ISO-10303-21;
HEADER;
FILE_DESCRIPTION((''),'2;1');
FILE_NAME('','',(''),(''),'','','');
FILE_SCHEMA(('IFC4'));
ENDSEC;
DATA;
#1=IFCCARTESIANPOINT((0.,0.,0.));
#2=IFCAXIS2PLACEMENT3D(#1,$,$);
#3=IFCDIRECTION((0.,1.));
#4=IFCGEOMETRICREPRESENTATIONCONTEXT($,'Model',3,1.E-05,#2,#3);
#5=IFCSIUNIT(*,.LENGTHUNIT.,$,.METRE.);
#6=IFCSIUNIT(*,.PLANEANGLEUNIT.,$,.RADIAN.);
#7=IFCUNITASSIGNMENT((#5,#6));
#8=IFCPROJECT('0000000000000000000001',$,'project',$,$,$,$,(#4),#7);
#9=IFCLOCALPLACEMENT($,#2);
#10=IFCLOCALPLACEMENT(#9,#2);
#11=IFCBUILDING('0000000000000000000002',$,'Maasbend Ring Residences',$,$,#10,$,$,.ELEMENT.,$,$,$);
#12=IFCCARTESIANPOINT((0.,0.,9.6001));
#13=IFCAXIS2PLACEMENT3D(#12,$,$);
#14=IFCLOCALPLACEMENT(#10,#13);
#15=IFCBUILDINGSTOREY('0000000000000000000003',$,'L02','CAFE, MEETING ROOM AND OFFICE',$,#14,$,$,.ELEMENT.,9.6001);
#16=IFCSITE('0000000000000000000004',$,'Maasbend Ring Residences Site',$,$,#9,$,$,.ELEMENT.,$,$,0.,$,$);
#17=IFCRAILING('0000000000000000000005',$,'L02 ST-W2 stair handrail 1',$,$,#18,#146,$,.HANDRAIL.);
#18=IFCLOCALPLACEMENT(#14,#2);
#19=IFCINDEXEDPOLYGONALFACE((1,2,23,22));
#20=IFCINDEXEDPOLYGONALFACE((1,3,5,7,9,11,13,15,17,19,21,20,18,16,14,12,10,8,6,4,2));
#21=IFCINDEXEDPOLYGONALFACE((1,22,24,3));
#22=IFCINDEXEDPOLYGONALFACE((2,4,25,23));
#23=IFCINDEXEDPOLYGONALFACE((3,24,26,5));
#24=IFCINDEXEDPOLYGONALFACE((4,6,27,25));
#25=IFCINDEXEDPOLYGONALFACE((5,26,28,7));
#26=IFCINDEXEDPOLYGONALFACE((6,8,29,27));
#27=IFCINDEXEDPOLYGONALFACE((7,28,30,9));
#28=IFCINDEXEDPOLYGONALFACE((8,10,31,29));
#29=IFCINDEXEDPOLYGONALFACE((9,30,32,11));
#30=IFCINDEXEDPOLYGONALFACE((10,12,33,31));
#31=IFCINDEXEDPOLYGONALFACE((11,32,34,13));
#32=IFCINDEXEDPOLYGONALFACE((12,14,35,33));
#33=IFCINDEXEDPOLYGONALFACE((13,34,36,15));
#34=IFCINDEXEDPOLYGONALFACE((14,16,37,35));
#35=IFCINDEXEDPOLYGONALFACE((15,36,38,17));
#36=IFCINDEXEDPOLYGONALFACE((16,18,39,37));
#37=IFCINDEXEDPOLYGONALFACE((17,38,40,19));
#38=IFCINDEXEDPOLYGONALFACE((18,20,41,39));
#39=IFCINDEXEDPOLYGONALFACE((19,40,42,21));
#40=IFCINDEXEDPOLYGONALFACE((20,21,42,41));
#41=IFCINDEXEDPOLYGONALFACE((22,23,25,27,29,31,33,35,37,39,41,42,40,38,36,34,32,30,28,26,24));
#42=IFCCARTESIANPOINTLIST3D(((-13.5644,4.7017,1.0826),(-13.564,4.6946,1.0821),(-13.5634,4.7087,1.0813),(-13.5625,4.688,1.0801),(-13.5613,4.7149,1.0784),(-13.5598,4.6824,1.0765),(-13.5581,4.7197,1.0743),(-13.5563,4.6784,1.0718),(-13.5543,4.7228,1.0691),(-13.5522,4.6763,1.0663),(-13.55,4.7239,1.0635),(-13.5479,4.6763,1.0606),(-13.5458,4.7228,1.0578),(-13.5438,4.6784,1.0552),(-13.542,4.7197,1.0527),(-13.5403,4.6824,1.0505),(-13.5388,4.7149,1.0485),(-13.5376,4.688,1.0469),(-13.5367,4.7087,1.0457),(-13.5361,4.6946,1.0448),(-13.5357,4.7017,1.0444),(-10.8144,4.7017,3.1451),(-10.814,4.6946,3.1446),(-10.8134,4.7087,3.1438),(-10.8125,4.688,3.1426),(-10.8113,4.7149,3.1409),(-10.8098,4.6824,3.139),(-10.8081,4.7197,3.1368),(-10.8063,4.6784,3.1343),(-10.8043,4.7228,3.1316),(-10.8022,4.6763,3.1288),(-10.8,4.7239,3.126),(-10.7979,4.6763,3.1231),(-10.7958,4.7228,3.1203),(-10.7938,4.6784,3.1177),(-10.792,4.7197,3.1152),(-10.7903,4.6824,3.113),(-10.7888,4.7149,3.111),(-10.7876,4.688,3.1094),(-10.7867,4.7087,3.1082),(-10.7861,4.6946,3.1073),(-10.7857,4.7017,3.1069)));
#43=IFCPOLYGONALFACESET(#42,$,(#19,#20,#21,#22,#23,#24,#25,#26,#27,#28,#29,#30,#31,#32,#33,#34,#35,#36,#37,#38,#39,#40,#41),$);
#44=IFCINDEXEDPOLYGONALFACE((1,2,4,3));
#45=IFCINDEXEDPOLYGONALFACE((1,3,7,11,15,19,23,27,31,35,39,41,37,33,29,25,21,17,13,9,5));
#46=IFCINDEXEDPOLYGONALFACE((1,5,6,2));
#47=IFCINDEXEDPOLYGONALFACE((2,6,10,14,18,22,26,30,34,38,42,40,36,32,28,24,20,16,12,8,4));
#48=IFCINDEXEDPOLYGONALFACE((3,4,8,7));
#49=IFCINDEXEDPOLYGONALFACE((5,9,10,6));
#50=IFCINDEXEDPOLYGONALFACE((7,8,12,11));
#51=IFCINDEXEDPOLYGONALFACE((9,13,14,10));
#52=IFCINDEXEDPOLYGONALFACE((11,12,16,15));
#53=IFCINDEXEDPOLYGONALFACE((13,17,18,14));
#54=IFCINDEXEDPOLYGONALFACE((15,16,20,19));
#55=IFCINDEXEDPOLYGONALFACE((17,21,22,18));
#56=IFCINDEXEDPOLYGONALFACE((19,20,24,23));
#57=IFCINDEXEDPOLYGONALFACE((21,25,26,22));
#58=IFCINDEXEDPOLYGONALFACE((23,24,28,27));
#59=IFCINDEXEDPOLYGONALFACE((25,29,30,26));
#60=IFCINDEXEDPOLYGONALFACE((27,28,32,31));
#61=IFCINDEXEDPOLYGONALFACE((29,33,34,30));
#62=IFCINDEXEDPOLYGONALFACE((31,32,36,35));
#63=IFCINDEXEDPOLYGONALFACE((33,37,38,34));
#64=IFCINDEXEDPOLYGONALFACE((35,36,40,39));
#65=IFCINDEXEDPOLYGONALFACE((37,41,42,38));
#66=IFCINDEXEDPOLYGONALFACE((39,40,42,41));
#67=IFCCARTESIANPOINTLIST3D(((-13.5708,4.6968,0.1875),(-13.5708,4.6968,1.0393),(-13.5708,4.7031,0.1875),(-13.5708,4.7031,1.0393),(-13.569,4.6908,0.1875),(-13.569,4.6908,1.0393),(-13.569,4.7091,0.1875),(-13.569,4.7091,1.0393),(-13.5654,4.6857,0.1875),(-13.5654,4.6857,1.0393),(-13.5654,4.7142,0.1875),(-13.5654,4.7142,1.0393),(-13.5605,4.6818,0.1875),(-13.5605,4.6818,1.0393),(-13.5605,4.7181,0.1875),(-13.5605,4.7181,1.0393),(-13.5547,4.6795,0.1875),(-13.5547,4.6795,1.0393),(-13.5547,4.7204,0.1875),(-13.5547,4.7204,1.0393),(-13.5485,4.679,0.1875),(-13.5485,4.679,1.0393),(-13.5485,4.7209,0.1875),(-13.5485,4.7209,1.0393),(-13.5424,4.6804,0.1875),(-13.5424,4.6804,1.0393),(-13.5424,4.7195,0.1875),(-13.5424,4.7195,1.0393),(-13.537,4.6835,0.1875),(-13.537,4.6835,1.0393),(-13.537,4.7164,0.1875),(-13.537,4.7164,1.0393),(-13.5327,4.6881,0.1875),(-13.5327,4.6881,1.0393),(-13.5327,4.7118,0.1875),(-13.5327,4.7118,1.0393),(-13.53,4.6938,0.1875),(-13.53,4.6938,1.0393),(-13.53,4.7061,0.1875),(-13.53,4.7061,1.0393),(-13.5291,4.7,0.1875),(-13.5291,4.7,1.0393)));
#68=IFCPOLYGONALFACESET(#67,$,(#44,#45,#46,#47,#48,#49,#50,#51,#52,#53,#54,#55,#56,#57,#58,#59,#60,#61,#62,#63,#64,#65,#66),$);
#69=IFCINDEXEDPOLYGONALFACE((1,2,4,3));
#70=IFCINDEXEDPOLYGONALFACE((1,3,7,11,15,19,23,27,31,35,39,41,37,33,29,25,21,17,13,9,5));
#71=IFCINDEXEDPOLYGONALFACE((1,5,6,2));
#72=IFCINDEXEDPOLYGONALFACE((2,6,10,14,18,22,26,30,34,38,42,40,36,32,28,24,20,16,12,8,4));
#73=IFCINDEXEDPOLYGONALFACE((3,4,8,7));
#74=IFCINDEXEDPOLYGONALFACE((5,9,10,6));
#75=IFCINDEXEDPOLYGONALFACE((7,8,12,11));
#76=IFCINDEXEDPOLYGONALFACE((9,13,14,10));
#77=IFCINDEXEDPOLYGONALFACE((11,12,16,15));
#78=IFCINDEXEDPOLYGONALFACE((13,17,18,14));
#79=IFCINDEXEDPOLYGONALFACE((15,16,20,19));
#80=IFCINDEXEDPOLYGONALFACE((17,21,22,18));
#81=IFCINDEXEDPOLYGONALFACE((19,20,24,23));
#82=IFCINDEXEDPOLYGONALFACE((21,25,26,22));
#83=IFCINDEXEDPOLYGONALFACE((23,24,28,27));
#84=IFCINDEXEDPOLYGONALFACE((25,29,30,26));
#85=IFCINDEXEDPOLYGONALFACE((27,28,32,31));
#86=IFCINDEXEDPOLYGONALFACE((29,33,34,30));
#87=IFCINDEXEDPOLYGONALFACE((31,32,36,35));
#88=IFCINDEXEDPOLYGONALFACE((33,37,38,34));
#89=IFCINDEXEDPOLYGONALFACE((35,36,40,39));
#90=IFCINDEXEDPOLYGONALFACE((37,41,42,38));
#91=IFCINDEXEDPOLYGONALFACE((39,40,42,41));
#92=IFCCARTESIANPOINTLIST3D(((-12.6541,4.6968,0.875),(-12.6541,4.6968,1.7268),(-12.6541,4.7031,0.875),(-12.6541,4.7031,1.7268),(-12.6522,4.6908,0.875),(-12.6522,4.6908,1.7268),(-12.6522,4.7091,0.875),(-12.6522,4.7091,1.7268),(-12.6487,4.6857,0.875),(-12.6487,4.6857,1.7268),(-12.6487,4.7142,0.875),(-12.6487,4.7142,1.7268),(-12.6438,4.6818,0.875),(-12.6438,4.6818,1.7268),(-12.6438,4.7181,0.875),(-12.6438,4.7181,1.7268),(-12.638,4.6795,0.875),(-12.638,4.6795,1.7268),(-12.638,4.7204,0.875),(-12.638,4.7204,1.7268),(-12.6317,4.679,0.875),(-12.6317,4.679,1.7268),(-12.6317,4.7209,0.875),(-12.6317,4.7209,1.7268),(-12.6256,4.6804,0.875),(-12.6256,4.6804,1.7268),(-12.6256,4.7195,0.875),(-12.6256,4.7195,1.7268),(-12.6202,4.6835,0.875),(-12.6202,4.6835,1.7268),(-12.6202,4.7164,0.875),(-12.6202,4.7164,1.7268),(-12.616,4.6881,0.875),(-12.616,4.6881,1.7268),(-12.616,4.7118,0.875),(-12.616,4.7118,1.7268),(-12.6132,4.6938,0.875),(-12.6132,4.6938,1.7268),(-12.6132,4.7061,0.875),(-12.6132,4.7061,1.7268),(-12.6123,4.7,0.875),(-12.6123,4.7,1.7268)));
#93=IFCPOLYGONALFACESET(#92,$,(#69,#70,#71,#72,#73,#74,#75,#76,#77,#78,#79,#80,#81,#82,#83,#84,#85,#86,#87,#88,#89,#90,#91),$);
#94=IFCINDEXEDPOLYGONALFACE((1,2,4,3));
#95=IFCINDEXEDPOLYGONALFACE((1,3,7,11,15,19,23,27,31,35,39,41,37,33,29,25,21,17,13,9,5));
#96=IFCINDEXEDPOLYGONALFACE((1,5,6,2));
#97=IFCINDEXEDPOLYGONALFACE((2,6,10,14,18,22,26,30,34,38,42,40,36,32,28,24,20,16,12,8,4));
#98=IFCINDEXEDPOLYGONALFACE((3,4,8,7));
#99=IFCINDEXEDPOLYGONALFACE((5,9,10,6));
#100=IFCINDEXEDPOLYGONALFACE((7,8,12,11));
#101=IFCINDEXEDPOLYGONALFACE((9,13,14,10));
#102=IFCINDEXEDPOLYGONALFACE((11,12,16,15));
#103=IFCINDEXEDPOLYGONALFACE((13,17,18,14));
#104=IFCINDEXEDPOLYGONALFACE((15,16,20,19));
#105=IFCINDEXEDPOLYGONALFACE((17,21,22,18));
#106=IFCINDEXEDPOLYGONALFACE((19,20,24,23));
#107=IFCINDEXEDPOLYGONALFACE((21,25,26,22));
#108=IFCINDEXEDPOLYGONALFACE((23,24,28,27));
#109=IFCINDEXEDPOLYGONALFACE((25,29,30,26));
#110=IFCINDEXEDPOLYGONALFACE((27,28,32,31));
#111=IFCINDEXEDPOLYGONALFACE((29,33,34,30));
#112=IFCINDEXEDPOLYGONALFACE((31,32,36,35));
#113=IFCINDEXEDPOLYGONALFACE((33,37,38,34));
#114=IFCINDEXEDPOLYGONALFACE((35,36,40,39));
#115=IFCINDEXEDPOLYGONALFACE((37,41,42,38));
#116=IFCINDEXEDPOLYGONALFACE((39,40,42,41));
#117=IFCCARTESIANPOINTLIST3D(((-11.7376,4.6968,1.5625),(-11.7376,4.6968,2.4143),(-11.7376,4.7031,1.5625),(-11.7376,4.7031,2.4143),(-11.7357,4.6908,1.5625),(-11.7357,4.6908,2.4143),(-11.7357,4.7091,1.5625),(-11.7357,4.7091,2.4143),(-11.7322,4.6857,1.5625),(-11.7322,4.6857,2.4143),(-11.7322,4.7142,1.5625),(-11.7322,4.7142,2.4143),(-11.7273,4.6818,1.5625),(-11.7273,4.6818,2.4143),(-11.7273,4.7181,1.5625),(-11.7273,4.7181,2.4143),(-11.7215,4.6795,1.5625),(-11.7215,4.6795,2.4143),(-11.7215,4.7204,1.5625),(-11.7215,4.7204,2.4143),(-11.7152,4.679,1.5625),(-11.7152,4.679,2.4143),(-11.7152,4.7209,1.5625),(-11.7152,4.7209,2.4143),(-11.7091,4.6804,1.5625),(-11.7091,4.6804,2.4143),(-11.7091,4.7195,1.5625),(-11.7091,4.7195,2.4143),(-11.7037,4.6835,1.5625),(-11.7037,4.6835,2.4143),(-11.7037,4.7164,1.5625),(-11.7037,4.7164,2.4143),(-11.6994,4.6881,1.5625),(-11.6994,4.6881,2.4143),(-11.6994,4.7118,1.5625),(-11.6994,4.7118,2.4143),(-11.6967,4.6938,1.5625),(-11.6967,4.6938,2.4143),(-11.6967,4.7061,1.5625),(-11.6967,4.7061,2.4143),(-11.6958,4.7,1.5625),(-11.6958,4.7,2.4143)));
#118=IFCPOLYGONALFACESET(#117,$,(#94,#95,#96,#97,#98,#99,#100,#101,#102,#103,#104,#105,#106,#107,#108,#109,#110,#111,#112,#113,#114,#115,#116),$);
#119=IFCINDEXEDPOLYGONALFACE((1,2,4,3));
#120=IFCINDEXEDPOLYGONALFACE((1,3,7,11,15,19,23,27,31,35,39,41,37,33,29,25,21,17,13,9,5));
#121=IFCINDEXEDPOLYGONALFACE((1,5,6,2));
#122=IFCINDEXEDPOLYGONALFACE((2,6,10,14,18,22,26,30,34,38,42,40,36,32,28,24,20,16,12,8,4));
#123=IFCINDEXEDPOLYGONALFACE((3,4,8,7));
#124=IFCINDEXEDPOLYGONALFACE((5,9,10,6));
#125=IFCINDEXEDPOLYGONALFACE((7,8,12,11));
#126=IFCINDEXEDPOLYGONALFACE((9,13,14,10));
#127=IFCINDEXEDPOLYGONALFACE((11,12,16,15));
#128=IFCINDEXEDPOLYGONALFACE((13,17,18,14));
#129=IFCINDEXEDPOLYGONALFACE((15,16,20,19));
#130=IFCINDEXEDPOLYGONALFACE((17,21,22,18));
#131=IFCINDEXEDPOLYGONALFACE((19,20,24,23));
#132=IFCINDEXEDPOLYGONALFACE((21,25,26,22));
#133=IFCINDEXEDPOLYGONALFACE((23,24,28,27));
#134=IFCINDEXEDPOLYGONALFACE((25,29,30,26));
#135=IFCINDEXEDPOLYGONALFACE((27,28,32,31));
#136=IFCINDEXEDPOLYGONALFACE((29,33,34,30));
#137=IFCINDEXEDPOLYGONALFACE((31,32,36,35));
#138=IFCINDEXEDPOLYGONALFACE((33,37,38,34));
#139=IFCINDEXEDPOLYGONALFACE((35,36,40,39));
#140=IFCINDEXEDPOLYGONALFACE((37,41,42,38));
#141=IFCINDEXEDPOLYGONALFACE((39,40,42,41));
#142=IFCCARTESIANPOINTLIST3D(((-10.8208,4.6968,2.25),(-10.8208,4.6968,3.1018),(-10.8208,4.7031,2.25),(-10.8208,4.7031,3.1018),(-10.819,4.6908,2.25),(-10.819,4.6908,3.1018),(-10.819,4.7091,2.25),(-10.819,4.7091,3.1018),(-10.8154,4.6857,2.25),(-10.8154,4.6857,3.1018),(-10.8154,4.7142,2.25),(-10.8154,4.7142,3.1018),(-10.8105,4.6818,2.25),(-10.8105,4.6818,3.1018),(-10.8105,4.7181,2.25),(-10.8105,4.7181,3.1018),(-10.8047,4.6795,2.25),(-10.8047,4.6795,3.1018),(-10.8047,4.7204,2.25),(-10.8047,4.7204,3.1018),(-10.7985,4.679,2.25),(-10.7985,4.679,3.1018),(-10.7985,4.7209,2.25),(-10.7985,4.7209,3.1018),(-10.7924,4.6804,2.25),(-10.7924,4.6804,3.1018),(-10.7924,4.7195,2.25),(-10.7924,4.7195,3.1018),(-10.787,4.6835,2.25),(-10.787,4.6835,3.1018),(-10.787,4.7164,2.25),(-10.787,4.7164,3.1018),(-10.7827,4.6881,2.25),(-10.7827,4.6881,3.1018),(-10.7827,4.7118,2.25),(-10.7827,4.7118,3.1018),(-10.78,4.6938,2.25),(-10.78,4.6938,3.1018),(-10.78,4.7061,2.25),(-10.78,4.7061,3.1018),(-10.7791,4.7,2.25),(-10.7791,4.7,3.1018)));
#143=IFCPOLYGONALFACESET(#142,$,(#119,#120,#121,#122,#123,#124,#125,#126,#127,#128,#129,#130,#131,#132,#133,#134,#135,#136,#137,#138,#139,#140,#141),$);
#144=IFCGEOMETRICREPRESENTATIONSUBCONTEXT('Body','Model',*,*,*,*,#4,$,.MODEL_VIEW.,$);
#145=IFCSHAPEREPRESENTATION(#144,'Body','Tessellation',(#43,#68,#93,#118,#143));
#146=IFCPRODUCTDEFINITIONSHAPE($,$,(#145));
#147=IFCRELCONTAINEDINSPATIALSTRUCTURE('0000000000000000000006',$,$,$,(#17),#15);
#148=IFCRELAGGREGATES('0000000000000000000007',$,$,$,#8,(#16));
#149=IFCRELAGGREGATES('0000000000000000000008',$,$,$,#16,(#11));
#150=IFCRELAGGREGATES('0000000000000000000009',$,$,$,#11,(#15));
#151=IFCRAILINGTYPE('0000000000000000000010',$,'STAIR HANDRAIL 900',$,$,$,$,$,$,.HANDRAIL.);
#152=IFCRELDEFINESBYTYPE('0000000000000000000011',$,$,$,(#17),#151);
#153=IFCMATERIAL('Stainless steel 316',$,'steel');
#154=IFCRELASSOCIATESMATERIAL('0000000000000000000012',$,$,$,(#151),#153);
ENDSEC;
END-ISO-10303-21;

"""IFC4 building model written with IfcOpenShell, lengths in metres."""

from ifc_helpers import new_model, si_unit, direction, frame, origin, origin_2d, place, context, subcontext, project, spatial, circle, extrude, material, type_object, element, save


model = new_model("IFC4")

# Units and contexts
model_context = context("Model", 3, precision=1e-05, world=origin(), true_north=direction((0.0, 1.0)))
body_context = subcontext(model_context, "Body", "Model", "MODEL_VIEW")
ifc_project = project(units=[si_unit("LENGTHUNIT", "METRE"), si_unit("PLANEANGLEUNIT", "RADIAN")], contexts=[model_context])

# Site, building, storey
site_placement = place(None, origin())
site = spatial("IfcSite", under=ifc_project, at=site_placement, Name="Maasbend Ring Residences Site", CompositionType="ELEMENT", RefElevation=0.0)
building_placement = place(site_placement, origin())
building = spatial("IfcBuilding", under=site, at=building_placement, Name="Maasbend Ring Residences", CompositionType="ELEMENT")
storey_placement = place(building_placement, frame((0.0, 0.0, 9.6001)))
storey = spatial("IfcBuildingStorey", under=building, at=storey_placement, Name="L02", Description="CAFE, MEETING ROOM AND OFFICE", CompositionType="ELEMENT", Elevation=9.6001)

# Railing
ifc_material_1 = material(Name="Stainless steel 316", Category="steel")
railing_type_1 = type_object("IfcRailingType", Name="STAIR HANDRAIL 900", PredefinedType="HANDRAIL", material=ifc_material_1)
railing_1_placement = place(storey_placement, frame((-13.55, 4.7, 0.1875)))
element("IfcRailing", 1, at=railing_1_placement, inside=storey, type_object=railing_type_1, Name="L02 ST-W2 stair handrail 1", PredefinedType="HANDRAIL", context=body_context, shape_type="SweptSolid", body=[
    extrude(circle(Radius=0.0239, at=origin_2d()), frame((0.0, 0.0, 0.876), z_axis=(0.8, 0.0, 0.6), x_axis=(0.0, 1.0, 0.0)), (0.0, 0.0, 1.0), 3.4375),
    extrude(circle(Radius=0.021, at=origin_2d()), origin(), (0.0, 0.0, 1.0), 0.8518),
    extrude(circle(Radius=0.021, at=origin_2d()), frame((0.9167, 0.0, 0.6875)), (0.0, 0.0, 1.0), 0.8518),
    extrude(circle(Radius=0.021, at=origin_2d()), frame((1.8333, 0.0, 1.375)), (0.0, 0.0, 1.0), 0.8518),
    extrude(circle(Radius=0.021, at=origin_2d()), frame((2.75, 0.0, 2.0625)), (0.0, 0.0, 1.0), 0.8518),
])

save(model, "model.ifc")
